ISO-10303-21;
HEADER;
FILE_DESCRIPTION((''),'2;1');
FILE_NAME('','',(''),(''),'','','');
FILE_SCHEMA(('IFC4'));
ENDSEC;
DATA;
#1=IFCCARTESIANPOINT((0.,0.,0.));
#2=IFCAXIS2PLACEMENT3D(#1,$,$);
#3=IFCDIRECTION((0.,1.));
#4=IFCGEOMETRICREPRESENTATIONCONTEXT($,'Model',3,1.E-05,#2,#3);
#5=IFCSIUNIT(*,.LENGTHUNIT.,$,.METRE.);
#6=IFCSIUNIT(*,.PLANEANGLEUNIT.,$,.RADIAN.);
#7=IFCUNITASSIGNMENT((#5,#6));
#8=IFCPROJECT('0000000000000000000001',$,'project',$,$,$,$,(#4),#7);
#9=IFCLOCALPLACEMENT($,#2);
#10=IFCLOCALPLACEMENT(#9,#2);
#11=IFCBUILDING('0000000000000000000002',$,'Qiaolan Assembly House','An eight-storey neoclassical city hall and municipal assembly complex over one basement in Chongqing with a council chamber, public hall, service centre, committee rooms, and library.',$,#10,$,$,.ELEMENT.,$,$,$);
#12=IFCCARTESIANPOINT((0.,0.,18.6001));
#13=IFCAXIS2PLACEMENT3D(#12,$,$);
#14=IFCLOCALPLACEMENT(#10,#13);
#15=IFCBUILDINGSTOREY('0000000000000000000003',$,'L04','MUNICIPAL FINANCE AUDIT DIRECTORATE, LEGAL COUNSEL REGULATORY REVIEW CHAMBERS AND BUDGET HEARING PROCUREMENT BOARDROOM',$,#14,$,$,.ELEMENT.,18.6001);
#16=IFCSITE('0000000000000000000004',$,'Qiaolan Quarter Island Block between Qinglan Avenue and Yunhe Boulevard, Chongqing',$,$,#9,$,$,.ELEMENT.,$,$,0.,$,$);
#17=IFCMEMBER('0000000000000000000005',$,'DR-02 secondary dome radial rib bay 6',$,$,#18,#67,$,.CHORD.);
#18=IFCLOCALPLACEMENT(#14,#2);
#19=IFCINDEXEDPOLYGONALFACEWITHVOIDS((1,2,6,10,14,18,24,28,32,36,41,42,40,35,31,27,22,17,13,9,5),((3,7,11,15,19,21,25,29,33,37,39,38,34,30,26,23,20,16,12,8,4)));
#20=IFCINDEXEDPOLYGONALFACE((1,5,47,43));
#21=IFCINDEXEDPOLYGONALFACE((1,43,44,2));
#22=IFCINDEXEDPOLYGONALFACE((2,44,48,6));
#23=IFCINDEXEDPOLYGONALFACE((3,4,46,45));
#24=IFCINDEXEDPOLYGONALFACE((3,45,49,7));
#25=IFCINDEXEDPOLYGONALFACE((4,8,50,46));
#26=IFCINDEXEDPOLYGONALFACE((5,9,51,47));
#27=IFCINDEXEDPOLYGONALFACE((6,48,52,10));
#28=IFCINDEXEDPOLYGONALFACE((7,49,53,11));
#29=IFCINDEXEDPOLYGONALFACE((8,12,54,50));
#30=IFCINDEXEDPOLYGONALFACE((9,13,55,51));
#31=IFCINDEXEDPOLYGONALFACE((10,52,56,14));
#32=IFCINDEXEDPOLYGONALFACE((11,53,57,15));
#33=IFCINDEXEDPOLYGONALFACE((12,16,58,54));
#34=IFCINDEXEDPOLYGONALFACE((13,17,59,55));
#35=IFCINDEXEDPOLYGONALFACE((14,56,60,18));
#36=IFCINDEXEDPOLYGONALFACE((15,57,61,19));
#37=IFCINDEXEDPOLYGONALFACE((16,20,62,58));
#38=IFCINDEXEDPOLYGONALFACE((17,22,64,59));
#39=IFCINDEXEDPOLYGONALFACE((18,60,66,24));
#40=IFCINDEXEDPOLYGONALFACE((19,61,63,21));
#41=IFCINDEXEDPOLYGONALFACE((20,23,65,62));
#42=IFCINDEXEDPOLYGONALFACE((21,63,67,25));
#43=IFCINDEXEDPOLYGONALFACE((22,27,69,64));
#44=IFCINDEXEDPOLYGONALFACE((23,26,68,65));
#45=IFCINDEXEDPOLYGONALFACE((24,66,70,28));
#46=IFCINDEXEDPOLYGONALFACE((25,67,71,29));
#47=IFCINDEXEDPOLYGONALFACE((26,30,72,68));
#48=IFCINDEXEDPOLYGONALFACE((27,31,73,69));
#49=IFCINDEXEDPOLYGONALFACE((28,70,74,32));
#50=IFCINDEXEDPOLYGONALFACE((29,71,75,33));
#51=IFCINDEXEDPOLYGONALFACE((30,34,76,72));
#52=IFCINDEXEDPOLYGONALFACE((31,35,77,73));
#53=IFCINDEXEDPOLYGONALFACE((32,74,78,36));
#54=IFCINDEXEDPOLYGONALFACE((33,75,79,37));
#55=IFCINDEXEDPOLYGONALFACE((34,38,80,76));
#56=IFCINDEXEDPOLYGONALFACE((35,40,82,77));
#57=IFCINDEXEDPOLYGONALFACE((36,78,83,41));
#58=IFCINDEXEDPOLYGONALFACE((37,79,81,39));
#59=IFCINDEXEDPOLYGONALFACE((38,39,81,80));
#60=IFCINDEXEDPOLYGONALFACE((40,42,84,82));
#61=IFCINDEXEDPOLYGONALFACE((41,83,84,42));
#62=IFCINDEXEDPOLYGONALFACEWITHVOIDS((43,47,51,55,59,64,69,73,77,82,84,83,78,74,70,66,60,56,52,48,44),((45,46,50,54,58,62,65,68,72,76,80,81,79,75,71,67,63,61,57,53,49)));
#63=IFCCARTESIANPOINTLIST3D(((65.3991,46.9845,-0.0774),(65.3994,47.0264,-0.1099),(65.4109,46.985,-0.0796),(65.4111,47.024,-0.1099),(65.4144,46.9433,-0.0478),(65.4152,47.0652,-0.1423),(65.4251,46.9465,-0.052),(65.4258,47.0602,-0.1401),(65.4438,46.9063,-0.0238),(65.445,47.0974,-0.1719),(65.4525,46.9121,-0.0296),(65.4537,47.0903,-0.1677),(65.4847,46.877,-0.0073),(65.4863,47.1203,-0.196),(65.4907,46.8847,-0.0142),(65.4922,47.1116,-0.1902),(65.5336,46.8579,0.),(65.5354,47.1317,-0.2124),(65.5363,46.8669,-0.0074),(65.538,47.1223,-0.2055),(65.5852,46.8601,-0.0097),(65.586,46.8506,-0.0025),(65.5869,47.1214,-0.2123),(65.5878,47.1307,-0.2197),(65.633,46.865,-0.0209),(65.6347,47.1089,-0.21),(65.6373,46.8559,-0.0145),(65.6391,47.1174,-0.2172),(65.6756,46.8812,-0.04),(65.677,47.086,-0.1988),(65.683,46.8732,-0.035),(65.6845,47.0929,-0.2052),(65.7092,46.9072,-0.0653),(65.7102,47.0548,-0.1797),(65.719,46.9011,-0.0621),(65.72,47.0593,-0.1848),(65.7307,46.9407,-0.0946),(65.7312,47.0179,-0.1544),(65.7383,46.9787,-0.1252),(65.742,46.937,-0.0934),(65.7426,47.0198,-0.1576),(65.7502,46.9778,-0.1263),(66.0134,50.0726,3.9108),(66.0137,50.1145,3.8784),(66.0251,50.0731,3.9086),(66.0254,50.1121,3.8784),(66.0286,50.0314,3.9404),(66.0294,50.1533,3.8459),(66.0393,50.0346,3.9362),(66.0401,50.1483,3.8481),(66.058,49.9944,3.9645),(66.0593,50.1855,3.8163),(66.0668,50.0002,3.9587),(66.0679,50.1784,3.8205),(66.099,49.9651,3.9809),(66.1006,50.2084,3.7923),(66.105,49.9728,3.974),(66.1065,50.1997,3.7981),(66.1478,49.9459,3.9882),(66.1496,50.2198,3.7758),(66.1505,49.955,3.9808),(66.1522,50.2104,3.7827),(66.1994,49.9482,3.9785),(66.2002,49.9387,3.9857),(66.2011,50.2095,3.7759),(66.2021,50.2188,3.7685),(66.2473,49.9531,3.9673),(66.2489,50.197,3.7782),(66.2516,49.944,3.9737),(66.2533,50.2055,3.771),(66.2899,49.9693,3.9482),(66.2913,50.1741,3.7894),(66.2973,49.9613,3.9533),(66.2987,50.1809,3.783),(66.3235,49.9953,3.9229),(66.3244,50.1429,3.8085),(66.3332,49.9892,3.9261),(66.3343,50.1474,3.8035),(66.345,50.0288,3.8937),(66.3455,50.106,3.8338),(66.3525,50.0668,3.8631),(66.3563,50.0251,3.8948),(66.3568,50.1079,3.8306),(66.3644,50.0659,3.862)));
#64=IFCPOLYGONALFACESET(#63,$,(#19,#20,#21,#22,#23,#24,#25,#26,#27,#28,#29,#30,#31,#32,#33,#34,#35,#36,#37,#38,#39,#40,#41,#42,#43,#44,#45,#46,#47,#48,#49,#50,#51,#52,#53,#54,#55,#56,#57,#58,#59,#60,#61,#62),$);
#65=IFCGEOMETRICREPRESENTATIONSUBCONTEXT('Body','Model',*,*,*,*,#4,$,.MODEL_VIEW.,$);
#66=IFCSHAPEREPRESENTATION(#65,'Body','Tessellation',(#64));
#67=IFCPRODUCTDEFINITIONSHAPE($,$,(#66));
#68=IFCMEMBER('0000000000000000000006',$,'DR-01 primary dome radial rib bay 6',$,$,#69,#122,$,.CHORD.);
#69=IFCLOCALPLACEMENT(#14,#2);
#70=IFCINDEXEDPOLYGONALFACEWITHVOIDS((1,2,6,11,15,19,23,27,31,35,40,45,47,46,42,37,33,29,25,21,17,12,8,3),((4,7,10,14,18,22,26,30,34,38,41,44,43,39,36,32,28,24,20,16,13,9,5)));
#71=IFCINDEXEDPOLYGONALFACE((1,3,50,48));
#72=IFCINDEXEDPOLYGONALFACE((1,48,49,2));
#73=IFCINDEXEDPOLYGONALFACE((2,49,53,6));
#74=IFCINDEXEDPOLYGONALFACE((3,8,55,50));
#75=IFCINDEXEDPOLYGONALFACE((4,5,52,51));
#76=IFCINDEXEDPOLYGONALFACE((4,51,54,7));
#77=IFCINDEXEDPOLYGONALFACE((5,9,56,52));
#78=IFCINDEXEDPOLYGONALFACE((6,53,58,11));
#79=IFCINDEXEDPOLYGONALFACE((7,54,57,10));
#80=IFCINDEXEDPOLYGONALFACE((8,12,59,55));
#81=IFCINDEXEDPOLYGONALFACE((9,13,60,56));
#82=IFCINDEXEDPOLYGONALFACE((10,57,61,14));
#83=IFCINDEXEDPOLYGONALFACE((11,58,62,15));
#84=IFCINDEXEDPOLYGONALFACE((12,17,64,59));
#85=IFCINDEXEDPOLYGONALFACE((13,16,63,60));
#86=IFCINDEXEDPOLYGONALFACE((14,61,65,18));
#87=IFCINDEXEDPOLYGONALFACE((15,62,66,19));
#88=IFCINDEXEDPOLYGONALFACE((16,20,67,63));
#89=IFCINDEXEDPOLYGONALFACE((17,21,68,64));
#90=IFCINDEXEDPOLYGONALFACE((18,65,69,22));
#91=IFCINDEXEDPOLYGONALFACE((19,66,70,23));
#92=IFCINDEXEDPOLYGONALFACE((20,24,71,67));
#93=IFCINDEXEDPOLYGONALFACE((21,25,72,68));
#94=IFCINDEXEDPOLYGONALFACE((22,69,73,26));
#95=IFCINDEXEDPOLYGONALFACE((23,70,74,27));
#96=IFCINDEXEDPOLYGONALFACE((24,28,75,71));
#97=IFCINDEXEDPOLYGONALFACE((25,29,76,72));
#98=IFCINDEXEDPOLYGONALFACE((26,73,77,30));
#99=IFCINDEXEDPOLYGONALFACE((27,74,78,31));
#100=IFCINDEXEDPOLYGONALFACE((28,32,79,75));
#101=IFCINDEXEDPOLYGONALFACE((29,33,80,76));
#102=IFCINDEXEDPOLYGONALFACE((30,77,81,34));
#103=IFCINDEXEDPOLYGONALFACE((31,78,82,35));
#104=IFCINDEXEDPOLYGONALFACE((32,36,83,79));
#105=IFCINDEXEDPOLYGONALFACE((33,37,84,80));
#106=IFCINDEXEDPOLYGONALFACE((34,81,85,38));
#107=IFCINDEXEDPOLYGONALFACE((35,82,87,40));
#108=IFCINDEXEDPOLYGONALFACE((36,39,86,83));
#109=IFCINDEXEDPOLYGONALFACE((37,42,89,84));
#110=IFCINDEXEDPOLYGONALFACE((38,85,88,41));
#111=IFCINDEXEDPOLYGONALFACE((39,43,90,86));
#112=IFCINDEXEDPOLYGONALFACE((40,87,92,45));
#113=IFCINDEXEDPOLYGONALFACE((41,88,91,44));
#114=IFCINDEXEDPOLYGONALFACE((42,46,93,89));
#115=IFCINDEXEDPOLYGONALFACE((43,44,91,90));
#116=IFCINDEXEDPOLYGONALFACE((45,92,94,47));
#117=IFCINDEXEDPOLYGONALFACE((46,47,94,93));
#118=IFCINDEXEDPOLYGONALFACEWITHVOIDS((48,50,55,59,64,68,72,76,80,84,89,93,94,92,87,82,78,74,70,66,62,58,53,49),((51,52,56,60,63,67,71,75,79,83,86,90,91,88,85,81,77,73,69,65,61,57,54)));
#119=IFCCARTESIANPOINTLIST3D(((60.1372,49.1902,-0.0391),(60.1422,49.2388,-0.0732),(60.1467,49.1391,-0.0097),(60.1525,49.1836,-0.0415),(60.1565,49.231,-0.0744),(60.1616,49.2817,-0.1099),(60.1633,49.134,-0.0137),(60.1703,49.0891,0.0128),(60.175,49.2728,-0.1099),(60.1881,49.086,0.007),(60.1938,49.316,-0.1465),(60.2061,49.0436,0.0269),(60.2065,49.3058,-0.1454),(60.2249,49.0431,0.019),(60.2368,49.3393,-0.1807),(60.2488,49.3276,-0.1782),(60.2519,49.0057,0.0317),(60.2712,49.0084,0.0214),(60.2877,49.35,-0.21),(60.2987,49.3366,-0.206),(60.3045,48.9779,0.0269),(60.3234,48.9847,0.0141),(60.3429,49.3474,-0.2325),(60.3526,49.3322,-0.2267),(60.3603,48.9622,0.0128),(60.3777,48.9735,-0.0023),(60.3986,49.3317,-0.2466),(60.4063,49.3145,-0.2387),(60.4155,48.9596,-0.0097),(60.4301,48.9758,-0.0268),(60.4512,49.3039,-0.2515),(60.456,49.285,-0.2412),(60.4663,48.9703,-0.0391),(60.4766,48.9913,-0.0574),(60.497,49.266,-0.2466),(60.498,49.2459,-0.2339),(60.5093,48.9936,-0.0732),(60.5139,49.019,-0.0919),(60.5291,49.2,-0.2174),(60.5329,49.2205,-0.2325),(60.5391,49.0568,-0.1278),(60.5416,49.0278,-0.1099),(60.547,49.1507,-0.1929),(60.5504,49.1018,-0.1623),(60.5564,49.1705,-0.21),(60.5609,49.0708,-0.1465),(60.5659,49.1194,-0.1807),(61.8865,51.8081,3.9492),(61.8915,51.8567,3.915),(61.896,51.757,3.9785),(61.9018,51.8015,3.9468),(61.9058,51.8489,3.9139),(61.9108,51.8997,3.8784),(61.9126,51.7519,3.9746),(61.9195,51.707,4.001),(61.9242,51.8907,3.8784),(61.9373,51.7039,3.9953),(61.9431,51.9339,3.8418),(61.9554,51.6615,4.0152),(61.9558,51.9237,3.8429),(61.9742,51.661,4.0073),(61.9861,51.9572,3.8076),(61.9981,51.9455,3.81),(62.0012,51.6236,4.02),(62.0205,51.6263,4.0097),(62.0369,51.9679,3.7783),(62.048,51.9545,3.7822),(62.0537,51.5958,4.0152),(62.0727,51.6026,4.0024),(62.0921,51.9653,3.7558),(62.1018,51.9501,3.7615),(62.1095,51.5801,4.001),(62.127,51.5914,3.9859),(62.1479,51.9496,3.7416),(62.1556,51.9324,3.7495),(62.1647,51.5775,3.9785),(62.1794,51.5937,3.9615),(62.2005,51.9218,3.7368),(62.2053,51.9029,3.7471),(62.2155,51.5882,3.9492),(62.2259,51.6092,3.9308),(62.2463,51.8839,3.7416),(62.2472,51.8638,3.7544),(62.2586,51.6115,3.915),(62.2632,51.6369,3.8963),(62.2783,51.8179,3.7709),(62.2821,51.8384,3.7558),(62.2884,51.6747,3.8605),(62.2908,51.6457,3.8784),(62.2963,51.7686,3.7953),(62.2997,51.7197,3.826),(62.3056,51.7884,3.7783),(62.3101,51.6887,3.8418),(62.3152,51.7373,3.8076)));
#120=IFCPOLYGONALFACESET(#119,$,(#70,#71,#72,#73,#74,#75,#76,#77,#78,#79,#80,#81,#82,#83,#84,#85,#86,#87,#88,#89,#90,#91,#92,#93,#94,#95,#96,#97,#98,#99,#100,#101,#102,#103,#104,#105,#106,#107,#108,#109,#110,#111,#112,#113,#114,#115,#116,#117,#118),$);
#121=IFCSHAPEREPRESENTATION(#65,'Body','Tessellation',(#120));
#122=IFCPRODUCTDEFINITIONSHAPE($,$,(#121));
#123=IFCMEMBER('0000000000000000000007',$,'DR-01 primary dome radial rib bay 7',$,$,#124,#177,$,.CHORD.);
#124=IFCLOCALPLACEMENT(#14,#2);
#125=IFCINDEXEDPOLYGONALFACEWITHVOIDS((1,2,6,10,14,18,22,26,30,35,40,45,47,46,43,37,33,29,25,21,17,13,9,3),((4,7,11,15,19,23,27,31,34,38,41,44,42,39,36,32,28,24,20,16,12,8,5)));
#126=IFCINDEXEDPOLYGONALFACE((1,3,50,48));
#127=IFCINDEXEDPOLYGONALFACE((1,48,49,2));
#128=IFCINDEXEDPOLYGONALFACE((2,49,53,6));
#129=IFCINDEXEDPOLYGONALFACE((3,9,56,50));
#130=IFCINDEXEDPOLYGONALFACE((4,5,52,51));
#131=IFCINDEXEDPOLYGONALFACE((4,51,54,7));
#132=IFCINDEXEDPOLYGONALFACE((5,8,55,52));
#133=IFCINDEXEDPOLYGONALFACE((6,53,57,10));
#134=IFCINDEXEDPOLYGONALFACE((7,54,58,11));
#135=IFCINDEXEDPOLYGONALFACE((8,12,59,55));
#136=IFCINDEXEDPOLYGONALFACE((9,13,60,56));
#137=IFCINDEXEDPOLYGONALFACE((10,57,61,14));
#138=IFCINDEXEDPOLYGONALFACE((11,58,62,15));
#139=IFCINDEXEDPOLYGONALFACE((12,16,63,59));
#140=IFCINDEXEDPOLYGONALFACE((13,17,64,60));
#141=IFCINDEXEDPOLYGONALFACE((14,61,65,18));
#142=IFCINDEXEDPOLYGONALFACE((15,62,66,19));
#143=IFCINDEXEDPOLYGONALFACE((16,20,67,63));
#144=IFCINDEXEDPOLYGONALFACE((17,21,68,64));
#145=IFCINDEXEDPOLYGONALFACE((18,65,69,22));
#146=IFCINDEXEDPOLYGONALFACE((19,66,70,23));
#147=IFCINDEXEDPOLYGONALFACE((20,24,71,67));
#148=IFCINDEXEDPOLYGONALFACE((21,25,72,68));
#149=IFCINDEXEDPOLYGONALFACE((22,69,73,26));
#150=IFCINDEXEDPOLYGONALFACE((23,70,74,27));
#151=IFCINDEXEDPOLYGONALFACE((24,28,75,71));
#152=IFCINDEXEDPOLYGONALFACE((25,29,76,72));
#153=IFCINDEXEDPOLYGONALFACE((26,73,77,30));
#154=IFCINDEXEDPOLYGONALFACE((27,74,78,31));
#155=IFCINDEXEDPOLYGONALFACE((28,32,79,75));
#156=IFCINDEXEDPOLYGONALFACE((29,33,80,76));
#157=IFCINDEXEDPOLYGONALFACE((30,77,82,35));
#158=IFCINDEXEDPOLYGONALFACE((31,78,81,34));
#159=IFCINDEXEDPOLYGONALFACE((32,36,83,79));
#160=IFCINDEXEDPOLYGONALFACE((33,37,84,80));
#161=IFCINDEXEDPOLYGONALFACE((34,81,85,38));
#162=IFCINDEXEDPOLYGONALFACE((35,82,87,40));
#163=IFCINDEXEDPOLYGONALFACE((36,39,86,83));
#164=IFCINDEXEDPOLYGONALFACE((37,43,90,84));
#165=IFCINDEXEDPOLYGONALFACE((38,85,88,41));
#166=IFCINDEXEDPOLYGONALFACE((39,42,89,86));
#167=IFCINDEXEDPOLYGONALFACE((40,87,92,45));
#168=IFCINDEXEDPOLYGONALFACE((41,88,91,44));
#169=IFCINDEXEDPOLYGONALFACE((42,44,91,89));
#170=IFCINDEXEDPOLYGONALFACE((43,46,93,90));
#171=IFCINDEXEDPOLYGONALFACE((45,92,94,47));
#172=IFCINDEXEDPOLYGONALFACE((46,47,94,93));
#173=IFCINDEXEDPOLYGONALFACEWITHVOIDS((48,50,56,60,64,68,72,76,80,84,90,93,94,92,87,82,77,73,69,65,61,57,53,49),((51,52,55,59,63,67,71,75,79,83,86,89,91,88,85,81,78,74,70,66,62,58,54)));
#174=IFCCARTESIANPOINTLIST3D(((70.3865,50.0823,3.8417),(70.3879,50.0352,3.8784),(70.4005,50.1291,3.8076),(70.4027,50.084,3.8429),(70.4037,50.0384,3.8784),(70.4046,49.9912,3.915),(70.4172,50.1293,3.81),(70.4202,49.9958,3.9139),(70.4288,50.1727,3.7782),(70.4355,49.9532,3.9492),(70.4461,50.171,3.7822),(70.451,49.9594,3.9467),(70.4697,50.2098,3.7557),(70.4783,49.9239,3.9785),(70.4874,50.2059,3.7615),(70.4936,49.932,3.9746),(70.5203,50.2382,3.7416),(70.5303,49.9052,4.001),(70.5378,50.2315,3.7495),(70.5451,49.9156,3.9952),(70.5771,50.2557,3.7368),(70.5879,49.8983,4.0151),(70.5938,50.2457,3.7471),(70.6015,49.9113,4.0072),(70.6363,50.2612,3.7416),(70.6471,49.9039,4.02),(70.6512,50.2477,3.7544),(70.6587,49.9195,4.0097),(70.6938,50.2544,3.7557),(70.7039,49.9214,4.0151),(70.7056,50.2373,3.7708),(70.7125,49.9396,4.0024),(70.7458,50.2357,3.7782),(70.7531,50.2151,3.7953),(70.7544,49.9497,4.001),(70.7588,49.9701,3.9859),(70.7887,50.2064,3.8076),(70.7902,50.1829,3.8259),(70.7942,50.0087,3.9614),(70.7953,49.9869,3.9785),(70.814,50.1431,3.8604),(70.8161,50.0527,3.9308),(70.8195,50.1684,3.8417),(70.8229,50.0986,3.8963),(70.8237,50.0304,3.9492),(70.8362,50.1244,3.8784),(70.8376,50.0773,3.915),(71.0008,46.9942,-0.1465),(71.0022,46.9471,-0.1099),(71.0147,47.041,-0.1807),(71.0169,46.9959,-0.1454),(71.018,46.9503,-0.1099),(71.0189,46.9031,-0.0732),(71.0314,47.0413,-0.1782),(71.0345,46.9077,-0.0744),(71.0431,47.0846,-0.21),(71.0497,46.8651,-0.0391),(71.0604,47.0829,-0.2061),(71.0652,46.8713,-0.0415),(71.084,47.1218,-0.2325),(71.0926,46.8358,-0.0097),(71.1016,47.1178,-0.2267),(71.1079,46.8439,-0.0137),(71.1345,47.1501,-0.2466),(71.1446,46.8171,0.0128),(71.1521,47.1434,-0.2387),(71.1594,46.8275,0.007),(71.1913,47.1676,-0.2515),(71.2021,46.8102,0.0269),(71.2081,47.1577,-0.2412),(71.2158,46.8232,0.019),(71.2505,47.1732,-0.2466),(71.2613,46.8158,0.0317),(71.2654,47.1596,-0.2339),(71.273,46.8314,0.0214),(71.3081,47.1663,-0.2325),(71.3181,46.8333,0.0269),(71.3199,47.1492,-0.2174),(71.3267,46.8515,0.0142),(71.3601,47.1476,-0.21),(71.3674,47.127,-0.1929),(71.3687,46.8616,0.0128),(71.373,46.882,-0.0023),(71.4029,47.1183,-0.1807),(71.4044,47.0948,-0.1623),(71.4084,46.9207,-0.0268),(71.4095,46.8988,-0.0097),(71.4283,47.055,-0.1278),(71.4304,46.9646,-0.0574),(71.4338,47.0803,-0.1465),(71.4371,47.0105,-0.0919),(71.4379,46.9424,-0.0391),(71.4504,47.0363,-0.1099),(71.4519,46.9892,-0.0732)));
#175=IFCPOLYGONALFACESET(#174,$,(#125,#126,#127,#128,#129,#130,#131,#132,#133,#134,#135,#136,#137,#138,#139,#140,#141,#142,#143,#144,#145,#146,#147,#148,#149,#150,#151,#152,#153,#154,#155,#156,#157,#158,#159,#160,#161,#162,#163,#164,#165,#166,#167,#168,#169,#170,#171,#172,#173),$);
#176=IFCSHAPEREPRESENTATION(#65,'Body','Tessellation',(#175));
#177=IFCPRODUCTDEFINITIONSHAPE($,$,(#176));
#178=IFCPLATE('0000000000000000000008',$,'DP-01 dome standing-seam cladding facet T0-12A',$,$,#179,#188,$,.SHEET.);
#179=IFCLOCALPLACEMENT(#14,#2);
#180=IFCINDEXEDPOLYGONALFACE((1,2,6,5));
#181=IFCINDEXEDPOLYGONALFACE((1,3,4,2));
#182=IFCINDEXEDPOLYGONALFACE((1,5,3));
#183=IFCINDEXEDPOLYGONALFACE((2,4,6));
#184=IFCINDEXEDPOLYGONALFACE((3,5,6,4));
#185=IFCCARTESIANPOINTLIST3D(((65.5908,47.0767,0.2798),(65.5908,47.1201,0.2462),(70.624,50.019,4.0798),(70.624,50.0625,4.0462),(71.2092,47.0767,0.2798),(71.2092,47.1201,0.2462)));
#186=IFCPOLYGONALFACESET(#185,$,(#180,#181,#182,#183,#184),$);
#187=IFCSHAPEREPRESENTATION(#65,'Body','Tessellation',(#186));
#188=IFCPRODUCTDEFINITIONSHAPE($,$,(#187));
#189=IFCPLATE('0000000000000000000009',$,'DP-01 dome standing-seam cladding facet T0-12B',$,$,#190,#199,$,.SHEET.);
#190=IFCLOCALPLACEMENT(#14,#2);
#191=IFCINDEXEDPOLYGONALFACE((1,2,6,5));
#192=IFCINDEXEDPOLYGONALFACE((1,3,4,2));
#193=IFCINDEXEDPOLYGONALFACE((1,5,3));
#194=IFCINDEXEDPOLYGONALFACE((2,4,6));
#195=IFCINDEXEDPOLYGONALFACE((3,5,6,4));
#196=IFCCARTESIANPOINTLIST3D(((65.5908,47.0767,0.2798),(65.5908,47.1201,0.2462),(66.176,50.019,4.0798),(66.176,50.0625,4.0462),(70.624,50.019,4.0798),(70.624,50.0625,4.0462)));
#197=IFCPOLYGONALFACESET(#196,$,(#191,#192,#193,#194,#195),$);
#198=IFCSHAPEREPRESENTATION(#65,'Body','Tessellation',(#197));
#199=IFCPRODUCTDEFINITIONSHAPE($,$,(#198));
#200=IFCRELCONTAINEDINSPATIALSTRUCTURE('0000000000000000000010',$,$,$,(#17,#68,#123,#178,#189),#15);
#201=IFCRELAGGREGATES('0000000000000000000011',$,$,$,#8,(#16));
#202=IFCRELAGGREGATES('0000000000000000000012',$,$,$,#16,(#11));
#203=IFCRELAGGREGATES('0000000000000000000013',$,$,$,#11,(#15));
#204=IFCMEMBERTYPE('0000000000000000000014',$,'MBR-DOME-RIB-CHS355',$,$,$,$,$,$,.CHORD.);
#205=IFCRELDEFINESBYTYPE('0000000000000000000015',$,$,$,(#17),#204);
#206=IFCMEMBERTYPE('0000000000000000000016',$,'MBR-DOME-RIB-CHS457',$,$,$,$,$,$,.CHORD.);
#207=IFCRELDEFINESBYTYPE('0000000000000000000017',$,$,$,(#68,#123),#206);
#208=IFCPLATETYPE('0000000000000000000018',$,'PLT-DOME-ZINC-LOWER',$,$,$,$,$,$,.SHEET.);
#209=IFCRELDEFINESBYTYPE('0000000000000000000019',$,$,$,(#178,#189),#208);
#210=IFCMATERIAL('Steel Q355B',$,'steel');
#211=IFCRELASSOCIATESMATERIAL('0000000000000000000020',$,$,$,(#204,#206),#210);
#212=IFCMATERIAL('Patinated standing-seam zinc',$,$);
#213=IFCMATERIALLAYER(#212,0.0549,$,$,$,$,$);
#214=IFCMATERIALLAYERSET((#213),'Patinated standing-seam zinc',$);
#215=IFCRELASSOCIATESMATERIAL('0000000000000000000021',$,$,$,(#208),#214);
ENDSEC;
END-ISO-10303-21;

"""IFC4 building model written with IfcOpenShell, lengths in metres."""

from ifc_helpers import new_model, si_unit, direction, frame, origin, origin_2d, place, context, subcontext, project, spatial, polyline, hollow_circle, outline, extrude, material, layer, layer_set, material_profile, profile_set, type_object, element, save


model = new_model("IFC4")

# Units and contexts
model_context = context("Model", 3, precision=1e-05, world=origin(), true_north=direction((0.0, 1.0)))
body_context = subcontext(model_context, "Body", "Model", "MODEL_VIEW")
ifc_project = project(units=[si_unit("LENGTHUNIT", "METRE"), si_unit("PLANEANGLEUNIT", "RADIAN")], contexts=[model_context])

# Site, building, storey
site_placement = place(None, origin())
site = spatial("IfcSite", under=ifc_project, at=site_placement, Name="Qiaolan Quarter Island Block between Qinglan Avenue and Yunhe Boulevard, Chongqing", CompositionType="ELEMENT", RefElevation=0.0)
building_placement = place(site_placement, origin())
building = spatial("IfcBuilding", under=site, at=building_placement, Name="Qiaolan Assembly House", Description="An eight-storey neoclassical city hall and municipal assembly complex over one basement in Chongqing with a council chamber, public hall, service centre, committee rooms, and library.", CompositionType="ELEMENT")
storey_placement = place(building_placement, frame((0.0, 0.0, 18.6001)))
storey = spatial("IfcBuildingStorey", under=building, at=storey_placement, Name="L04", Description="MUNICIPAL FINANCE AUDIT DIRECTORATE, LEGAL COUNSEL REGULATORY REVIEW CHAMBERS AND BUDGET HEARING PROCUREMENT BOARDROOM", CompositionType="ELEMENT", Elevation=18.6001)

# Shared definitions
ifc_material_1 = material(Name="Steel Q355B", Category="steel")

# Members
ifc_material_profile_1 = material_profile(ifc_material_1, hollow_circle(Radius=0.1777, WallThickness=0.012, at=origin_2d()), Name="CHS 355.6x12")
ifc_profile_set_1 = profile_set([ifc_material_profile_1], Name="Steel Q355B")
member_type_1 = type_object("IfcMemberType", Name="MBR-DOME-RIB-CHS355", PredefinedType="CHORD", material=ifc_profile_set_1)
member_1_placement = place(storey_placement, frame((65.5737, 46.9917, -0.1099), z_axis=(0.120884, 0.607737, 0.784884), x_axis=(-0.980786, 0.195087, 0.0)))
element("IfcMember", 1, at=member_1_placement, inside=storey, type_object=member_type_1, Name="DR-02 secondary dome radial rib bay 6", PredefinedType="CHORD", context=body_context, shape_type="SweptSolid", body=[
    extrude(hollow_circle(Radius=0.1777, WallThickness=0.012, at=origin_2d()), origin(), (0.0, 0.0, 1.0), 5.0813),
])
ifc_material_profile_2 = material_profile(ifc_material_1, hollow_circle(Radius=0.2285, WallThickness=0.0161, at=origin_2d()), Name="CHS 457x16")
ifc_profile_set_2 = profile_set([ifc_material_profile_2], Name="Steel Q355B")
member_type_2 = type_object("IfcMemberType", Name="MBR-DOME-RIB-CHS457", PredefinedType="CHORD", material=ifc_profile_set_2)
for number, where, z_axis, x_axis, name in (
    (2, (60.3516, 49.1548, -0.1099), (0.344254, 0.515205, 0.784891), (-0.831465, 0.555577, 0.0), "DR-01 primary dome radial rib bay 6"),
    (3, (71.2263, 46.9917, -0.1099), (-0.120884, 0.607737, 0.784884), (-0.980786, -0.195087, 0.0), "DR-01 primary dome radial rib bay 7"),
):
    element("IfcMember", number, at=place(storey_placement, frame(where, z_axis=z_axis, x_axis=x_axis)), inside=storey, type_object=member_type_2, Name=name, PredefinedType="CHORD", context=body_context, shape_type="SweptSolid", body=[
        extrude(hollow_circle(Radius=0.2285, WallThickness=0.0161, at=origin_2d()), origin(), (0.0, 0.0, 1.0), 5.0813),
    ])

# Plates
ifc_material_2 = material(Name="Patinated standing-seam zinc")
ifc_layer_1 = layer(ifc_material_2, 0.0549)
ifc_layer_set_1 = layer_set([ifc_layer_1], Name="Patinated standing-seam zinc")
plate_type_1 = type_object("IfcPlateType", Name="PLT-DOME-ZINC-LOWER", PredefinedType="SHEET", material=ifc_layer_set_1)
plate_1_placement = place(storey_placement, frame((65.5908, 47.0767, 0.2798), z_axis=(0.0, -0.790682, 0.612226), x_axis=(1.0, 0.0, 0.0)))
element("IfcPlate", 4, at=plate_1_placement, inside=storey, type_object=plate_type_1, Name="DP-01 dome standing-seam cladding facet T0-12A", PredefinedType="SHEET", context=body_context, shape_type="SweptSolid", body=[
    extrude(outline(polyline([(0.0, 0.0), (5.6184, 0.0), (5.0332, 4.806), (0.0, 0.0)])), origin(), (0.0, 0.0, -1.0), 0.0549),
])
plate_2_placement = place(storey_placement, frame((65.5908, 47.0767, 0.2798), z_axis=(0.0, -0.790682, 0.612226), x_axis=(0.72324, 0.422802, 0.546043)))
element("IfcPlate", 5, at=plate_2_placement, inside=storey, type_object=plate_type_1, Name="DP-01 dome standing-seam cladding facet T0-12B", PredefinedType="SHEET", context=body_context, shape_type="SweptSolid", body=[
    extrude(outline(polyline([(0.0, 0.0), (6.9592, 0.0), (3.7423, 3.0718), (0.0, 0.0)])), origin(), (0.0, 0.0, -1.0), 0.0549),
])

save(model, "model.ifc")
